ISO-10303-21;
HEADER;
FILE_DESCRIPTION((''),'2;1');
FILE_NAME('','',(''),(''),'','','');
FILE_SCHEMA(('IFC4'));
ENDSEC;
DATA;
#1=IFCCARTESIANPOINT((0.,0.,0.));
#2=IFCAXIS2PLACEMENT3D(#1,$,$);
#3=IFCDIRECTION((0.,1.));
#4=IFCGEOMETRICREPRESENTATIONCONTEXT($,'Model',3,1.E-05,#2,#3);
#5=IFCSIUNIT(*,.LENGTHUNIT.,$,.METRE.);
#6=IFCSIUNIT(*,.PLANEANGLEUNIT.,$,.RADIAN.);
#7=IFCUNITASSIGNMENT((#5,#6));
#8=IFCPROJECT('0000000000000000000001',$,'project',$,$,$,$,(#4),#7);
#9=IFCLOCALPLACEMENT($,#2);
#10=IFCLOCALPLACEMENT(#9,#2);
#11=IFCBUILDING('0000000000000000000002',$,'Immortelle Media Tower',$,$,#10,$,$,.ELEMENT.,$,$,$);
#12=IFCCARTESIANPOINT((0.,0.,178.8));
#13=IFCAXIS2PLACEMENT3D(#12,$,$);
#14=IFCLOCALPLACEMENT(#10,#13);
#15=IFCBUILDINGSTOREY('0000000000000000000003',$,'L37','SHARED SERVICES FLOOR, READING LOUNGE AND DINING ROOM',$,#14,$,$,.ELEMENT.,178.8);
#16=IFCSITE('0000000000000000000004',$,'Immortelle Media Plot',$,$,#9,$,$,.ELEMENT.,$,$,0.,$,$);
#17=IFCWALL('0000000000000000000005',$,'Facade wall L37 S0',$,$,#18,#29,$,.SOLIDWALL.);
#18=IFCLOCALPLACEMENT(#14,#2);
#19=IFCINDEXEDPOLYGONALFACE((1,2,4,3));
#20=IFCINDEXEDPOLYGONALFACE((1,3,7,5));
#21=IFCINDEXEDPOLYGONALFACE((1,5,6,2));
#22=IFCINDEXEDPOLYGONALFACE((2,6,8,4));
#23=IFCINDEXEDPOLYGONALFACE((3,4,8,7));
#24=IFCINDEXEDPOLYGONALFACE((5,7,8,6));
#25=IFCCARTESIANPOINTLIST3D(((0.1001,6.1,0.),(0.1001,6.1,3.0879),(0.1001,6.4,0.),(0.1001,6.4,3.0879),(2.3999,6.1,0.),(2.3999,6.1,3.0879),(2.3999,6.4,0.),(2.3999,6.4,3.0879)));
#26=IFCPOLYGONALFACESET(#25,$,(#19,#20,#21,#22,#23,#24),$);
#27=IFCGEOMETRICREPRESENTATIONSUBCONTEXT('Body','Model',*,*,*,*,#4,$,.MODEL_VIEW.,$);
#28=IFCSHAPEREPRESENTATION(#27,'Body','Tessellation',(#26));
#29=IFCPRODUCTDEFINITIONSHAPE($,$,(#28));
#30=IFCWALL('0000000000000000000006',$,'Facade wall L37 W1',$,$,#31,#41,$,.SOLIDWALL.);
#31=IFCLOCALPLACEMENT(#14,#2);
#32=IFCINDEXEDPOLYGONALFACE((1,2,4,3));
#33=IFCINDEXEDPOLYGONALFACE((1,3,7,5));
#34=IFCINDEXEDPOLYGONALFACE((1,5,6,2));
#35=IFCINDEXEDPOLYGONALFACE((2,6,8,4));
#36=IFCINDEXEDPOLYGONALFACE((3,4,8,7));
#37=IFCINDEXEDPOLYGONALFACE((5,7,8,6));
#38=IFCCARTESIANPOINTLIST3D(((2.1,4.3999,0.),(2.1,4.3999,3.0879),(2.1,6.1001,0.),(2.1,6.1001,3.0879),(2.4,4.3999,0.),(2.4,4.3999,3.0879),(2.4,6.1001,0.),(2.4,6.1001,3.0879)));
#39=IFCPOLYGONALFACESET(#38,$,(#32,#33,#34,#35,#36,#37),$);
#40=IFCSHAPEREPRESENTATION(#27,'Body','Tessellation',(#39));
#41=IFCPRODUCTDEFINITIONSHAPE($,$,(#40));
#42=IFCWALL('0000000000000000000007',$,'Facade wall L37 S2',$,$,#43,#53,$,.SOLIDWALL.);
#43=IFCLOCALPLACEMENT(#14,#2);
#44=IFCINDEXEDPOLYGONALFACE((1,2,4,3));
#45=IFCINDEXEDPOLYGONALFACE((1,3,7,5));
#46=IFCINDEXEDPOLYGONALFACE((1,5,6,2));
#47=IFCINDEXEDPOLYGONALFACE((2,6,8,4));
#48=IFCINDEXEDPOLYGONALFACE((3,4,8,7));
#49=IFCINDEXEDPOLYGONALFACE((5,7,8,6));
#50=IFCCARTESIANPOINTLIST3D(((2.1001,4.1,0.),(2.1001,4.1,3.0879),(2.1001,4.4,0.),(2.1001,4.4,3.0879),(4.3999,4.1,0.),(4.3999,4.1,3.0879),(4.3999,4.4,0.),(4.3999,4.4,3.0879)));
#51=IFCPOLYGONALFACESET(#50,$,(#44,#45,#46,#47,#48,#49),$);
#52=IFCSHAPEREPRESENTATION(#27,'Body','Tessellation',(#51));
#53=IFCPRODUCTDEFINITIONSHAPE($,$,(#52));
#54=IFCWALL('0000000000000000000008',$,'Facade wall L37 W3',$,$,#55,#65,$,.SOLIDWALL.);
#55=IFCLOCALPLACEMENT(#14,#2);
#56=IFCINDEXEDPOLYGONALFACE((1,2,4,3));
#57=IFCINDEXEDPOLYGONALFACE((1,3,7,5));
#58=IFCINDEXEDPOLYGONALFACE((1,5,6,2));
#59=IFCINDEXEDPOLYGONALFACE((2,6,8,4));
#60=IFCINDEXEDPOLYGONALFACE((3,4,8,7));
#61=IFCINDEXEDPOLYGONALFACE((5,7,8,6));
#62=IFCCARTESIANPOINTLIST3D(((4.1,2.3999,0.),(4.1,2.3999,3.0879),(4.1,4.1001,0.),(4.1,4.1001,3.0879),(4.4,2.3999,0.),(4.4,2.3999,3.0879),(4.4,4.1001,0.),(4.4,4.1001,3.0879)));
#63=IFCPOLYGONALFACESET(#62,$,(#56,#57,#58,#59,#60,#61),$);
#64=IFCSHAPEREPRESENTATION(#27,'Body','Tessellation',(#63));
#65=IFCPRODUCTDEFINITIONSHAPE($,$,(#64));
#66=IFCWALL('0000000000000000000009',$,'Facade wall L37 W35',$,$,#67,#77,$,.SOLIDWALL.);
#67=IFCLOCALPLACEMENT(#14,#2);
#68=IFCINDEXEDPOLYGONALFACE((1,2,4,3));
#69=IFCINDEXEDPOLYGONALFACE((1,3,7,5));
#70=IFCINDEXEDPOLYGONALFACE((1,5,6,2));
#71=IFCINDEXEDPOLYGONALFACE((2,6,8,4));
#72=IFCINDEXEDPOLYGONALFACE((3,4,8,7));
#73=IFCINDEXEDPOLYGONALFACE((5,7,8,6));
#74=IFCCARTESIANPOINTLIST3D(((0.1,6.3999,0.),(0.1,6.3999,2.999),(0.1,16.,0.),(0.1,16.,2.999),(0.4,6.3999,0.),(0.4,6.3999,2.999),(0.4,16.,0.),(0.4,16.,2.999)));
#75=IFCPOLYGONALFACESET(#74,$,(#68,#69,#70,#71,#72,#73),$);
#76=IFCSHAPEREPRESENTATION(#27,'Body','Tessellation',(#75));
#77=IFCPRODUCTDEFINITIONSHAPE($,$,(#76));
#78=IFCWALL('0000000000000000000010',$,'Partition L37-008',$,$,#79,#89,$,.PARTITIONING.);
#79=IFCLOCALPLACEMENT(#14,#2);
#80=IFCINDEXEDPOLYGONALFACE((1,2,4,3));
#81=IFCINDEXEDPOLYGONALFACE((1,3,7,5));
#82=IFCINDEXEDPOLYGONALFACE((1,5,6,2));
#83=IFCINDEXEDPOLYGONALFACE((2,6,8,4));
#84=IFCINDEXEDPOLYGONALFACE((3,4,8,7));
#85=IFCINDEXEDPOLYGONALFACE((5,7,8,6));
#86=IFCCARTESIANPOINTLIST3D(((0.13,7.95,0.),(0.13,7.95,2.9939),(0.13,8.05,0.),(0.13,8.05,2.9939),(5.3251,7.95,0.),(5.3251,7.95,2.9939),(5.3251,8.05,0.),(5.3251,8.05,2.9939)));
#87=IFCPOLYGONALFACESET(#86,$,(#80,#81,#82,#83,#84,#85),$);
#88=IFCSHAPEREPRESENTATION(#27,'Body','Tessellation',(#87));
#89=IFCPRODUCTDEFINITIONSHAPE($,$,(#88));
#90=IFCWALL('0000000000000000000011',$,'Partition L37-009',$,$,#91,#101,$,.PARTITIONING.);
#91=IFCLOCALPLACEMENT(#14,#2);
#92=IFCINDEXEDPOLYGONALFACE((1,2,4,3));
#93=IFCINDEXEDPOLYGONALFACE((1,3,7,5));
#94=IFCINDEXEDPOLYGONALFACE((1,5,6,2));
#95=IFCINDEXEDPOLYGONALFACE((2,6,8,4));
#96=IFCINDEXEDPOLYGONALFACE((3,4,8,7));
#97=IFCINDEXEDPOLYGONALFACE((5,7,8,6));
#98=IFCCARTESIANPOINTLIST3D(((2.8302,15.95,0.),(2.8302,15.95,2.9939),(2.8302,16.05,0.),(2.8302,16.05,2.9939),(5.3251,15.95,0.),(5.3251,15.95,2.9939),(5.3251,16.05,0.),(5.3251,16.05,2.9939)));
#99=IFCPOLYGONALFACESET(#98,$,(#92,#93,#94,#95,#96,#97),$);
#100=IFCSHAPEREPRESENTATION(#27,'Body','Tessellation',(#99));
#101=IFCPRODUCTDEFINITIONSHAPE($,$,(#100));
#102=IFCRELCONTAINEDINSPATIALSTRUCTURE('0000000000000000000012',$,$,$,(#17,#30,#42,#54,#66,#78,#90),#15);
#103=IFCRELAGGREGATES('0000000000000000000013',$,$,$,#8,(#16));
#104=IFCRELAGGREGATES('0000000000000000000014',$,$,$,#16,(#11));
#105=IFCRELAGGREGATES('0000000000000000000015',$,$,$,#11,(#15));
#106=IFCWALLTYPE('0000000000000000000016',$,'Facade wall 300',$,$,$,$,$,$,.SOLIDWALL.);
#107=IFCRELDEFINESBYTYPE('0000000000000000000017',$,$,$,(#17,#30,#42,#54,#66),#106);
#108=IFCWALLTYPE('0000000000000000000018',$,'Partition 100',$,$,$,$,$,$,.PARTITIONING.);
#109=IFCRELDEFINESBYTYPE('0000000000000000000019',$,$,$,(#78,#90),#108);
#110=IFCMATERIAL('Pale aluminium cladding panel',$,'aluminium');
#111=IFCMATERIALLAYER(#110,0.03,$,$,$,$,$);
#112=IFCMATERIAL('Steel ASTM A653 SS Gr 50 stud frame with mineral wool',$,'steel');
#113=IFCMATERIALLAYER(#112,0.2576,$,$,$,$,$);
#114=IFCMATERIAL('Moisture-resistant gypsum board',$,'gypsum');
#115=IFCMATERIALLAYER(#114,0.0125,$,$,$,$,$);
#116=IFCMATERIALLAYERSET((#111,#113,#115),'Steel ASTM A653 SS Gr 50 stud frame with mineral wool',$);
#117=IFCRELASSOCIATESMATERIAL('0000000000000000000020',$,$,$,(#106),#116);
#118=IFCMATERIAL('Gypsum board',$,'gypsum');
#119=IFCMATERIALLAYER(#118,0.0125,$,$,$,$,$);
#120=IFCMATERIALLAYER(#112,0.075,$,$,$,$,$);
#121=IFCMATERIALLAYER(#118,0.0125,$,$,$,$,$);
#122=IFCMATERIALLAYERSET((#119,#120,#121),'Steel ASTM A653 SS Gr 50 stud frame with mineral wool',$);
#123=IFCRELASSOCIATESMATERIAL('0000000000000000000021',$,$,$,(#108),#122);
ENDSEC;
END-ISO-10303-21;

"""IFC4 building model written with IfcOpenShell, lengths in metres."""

from ifc_helpers import new_model, si_unit, direction, frame, frame_2d, origin, place, context, subcontext, project, spatial, rectangle, extrude, material, layer, layer_set, type_object, element, save


model = new_model("IFC4")

# Units and contexts
model_context = context("Model", 3, precision=1e-05, world=origin(), true_north=direction((0.0, 1.0)))
body_context = subcontext(model_context, "Body", "Model", "MODEL_VIEW")
ifc_project = project(units=[si_unit("LENGTHUNIT", "METRE"), si_unit("PLANEANGLEUNIT", "RADIAN")], contexts=[model_context])

# Site, building, storey
site_placement = place(None, origin())
site = spatial("IfcSite", under=ifc_project, at=site_placement, Name="Immortelle Media Plot", CompositionType="ELEMENT", RefElevation=0.0)
building_placement = place(site_placement, origin())
building = spatial("IfcBuilding", under=site, at=building_placement, Name="Immortelle Media Tower", CompositionType="ELEMENT")
storey_placement = place(building_placement, frame((0.0, 0.0, 178.8)))
storey = spatial("IfcBuildingStorey", under=building, at=storey_placement, Name="L37", Description="SHARED SERVICES FLOOR, READING LOUNGE AND DINING ROOM", CompositionType="ELEMENT", Elevation=178.8)

# Shared definitions
ifc_material_1 = material(Name="Steel ASTM A653 SS Gr 50 stud frame with mineral wool", Category="steel")

# Walls
ifc_material_2 = material(Name="Pale aluminium cladding panel", Category="aluminium")
ifc_layer_1 = layer(ifc_material_2, 0.03)
ifc_layer_2 = layer(ifc_material_1, 0.2576)
ifc_material_3 = material(Name="Moisture-resistant gypsum board", Category="gypsum")
ifc_layer_3 = layer(ifc_material_3, 0.0125)
ifc_layer_set_1 = layer_set([ifc_layer_1, ifc_layer_2, ifc_layer_3], Name="Steel ASTM A653 SS Gr 50 stud frame with mineral wool")
wall_type_1 = type_object("IfcWallType", Name="Facade wall 300", PredefinedType="SOLIDWALL", material=ifc_layer_set_1)
wall_1_placement = place(storey_placement, frame((0.1001, 6.25, 0.0), z_axis=(0.0, 0.0, 1.0), x_axis=(1.0, 0.0, 0.0)))
element("IfcWall", 1, at=wall_1_placement, inside=storey, type_object=wall_type_1, Name="Facade wall L37 S0", PredefinedType="SOLIDWALL", context=body_context, shape_type="SweptSolid", body=[
    extrude(rectangle(XDim=2.2998, YDim=0.3, at=frame_2d((1.1499, 0.0))), origin(), (0.0, 0.0, 1.0), 3.0879),
])
wall_2_placement = place(storey_placement, frame((2.25, 6.1001, 0.0), z_axis=(0.0, 0.0, 1.0), x_axis=(0.0, -1.0, 0.0)))
element("IfcWall", 2, at=wall_2_placement, inside=storey, type_object=wall_type_1, Name="Facade wall L37 W1", PredefinedType="SOLIDWALL", context=body_context, shape_type="SweptSolid", body=[
    extrude(rectangle(XDim=1.7002, YDim=0.3, at=frame_2d((0.8501, 0.0))), origin(), (0.0, 0.0, 1.0), 3.0879),
])
wall_3_placement = place(storey_placement, frame((2.1001, 4.25, 0.0), z_axis=(0.0, 0.0, 1.0), x_axis=(1.0, 0.0, 0.0)))
element("IfcWall", 3, at=wall_3_placement, inside=storey, type_object=wall_type_1, Name="Facade wall L37 S2", PredefinedType="SOLIDWALL", context=body_context, shape_type="SweptSolid", body=[
    extrude(rectangle(XDim=2.2998, YDim=0.3, at=frame_2d((1.1499, 0.0))), origin(), (0.0, 0.0, 1.0), 3.0879),
])
wall_4_placement = place(storey_placement, frame((4.25, 4.1001, 0.0), z_axis=(0.0, 0.0, 1.0), x_axis=(0.0, -1.0, 0.0)))
element("IfcWall", 4, at=wall_4_placement, inside=storey, type_object=wall_type_1, Name="Facade wall L37 W3", PredefinedType="SOLIDWALL", context=body_context, shape_type="SweptSolid", body=[
    extrude(rectangle(XDim=1.7002, YDim=0.3, at=frame_2d((0.8501, 0.0))), origin(), (0.0, 0.0, 1.0), 3.0879),
])
wall_5_placement = place(storey_placement, frame((0.25, 16.0, 0.0), z_axis=(0.0, 0.0, 1.0), x_axis=(0.0, -1.0, 0.0)))
element("IfcWall", 5, at=wall_5_placement, inside=storey, type_object=wall_type_1, Name="Facade wall L37 W35", PredefinedType="SOLIDWALL", context=body_context, shape_type="SweptSolid", body=[
    extrude(rectangle(XDim=9.6001, YDim=0.3, at=frame_2d((4.8, 0.0))), origin(), (0.0, 0.0, 1.0), 2.999),
])
ifc_material_4 = material(Name="Gypsum board", Category="gypsum")
ifc_layer_4 = layer(ifc_material_4, 0.0125)
ifc_layer_5 = layer(ifc_material_1, 0.075)
ifc_layer_6 = layer(ifc_material_4, 0.0125)
ifc_layer_set_2 = layer_set([ifc_layer_4, ifc_layer_5, ifc_layer_6], Name="Steel ASTM A653 SS Gr 50 stud frame with mineral wool")
wall_type_2 = type_object("IfcWallType", Name="Partition 100", PredefinedType="PARTITIONING", material=ifc_layer_set_2)
wall_6_placement = place(storey_placement, frame((0.1299, 8.0, 0.0), z_axis=(0.0, 0.0, 1.0), x_axis=(1.0, 0.0, 0.0)))
element("IfcWall", 6, at=wall_6_placement, inside=storey, type_object=wall_type_2, Name="Partition L37-008", PredefinedType="PARTITIONING", context=body_context, shape_type="SweptSolid", body=[
    extrude(rectangle(XDim=5.1951, YDim=0.1001, at=frame_2d((2.5977, 0.0))), origin(), (0.0, 0.0, 1.0), 2.9939),
])
wall_7_placement = place(storey_placement, frame((2.8301, 16.0, 0.0), z_axis=(0.0, 0.0, 1.0), x_axis=(1.0, 0.0, 0.0)))
element("IfcWall", 7, at=wall_7_placement, inside=storey, type_object=wall_type_2, Name="Partition L37-009", PredefinedType="PARTITIONING", context=body_context, shape_type="SweptSolid", body=[
    extrude(rectangle(XDim=2.4949, YDim=0.1001, at=frame_2d((1.2476, 0.0))), origin(), (0.0, 0.0, 1.0), 2.9939),
])

save(model, "model.ifc")
